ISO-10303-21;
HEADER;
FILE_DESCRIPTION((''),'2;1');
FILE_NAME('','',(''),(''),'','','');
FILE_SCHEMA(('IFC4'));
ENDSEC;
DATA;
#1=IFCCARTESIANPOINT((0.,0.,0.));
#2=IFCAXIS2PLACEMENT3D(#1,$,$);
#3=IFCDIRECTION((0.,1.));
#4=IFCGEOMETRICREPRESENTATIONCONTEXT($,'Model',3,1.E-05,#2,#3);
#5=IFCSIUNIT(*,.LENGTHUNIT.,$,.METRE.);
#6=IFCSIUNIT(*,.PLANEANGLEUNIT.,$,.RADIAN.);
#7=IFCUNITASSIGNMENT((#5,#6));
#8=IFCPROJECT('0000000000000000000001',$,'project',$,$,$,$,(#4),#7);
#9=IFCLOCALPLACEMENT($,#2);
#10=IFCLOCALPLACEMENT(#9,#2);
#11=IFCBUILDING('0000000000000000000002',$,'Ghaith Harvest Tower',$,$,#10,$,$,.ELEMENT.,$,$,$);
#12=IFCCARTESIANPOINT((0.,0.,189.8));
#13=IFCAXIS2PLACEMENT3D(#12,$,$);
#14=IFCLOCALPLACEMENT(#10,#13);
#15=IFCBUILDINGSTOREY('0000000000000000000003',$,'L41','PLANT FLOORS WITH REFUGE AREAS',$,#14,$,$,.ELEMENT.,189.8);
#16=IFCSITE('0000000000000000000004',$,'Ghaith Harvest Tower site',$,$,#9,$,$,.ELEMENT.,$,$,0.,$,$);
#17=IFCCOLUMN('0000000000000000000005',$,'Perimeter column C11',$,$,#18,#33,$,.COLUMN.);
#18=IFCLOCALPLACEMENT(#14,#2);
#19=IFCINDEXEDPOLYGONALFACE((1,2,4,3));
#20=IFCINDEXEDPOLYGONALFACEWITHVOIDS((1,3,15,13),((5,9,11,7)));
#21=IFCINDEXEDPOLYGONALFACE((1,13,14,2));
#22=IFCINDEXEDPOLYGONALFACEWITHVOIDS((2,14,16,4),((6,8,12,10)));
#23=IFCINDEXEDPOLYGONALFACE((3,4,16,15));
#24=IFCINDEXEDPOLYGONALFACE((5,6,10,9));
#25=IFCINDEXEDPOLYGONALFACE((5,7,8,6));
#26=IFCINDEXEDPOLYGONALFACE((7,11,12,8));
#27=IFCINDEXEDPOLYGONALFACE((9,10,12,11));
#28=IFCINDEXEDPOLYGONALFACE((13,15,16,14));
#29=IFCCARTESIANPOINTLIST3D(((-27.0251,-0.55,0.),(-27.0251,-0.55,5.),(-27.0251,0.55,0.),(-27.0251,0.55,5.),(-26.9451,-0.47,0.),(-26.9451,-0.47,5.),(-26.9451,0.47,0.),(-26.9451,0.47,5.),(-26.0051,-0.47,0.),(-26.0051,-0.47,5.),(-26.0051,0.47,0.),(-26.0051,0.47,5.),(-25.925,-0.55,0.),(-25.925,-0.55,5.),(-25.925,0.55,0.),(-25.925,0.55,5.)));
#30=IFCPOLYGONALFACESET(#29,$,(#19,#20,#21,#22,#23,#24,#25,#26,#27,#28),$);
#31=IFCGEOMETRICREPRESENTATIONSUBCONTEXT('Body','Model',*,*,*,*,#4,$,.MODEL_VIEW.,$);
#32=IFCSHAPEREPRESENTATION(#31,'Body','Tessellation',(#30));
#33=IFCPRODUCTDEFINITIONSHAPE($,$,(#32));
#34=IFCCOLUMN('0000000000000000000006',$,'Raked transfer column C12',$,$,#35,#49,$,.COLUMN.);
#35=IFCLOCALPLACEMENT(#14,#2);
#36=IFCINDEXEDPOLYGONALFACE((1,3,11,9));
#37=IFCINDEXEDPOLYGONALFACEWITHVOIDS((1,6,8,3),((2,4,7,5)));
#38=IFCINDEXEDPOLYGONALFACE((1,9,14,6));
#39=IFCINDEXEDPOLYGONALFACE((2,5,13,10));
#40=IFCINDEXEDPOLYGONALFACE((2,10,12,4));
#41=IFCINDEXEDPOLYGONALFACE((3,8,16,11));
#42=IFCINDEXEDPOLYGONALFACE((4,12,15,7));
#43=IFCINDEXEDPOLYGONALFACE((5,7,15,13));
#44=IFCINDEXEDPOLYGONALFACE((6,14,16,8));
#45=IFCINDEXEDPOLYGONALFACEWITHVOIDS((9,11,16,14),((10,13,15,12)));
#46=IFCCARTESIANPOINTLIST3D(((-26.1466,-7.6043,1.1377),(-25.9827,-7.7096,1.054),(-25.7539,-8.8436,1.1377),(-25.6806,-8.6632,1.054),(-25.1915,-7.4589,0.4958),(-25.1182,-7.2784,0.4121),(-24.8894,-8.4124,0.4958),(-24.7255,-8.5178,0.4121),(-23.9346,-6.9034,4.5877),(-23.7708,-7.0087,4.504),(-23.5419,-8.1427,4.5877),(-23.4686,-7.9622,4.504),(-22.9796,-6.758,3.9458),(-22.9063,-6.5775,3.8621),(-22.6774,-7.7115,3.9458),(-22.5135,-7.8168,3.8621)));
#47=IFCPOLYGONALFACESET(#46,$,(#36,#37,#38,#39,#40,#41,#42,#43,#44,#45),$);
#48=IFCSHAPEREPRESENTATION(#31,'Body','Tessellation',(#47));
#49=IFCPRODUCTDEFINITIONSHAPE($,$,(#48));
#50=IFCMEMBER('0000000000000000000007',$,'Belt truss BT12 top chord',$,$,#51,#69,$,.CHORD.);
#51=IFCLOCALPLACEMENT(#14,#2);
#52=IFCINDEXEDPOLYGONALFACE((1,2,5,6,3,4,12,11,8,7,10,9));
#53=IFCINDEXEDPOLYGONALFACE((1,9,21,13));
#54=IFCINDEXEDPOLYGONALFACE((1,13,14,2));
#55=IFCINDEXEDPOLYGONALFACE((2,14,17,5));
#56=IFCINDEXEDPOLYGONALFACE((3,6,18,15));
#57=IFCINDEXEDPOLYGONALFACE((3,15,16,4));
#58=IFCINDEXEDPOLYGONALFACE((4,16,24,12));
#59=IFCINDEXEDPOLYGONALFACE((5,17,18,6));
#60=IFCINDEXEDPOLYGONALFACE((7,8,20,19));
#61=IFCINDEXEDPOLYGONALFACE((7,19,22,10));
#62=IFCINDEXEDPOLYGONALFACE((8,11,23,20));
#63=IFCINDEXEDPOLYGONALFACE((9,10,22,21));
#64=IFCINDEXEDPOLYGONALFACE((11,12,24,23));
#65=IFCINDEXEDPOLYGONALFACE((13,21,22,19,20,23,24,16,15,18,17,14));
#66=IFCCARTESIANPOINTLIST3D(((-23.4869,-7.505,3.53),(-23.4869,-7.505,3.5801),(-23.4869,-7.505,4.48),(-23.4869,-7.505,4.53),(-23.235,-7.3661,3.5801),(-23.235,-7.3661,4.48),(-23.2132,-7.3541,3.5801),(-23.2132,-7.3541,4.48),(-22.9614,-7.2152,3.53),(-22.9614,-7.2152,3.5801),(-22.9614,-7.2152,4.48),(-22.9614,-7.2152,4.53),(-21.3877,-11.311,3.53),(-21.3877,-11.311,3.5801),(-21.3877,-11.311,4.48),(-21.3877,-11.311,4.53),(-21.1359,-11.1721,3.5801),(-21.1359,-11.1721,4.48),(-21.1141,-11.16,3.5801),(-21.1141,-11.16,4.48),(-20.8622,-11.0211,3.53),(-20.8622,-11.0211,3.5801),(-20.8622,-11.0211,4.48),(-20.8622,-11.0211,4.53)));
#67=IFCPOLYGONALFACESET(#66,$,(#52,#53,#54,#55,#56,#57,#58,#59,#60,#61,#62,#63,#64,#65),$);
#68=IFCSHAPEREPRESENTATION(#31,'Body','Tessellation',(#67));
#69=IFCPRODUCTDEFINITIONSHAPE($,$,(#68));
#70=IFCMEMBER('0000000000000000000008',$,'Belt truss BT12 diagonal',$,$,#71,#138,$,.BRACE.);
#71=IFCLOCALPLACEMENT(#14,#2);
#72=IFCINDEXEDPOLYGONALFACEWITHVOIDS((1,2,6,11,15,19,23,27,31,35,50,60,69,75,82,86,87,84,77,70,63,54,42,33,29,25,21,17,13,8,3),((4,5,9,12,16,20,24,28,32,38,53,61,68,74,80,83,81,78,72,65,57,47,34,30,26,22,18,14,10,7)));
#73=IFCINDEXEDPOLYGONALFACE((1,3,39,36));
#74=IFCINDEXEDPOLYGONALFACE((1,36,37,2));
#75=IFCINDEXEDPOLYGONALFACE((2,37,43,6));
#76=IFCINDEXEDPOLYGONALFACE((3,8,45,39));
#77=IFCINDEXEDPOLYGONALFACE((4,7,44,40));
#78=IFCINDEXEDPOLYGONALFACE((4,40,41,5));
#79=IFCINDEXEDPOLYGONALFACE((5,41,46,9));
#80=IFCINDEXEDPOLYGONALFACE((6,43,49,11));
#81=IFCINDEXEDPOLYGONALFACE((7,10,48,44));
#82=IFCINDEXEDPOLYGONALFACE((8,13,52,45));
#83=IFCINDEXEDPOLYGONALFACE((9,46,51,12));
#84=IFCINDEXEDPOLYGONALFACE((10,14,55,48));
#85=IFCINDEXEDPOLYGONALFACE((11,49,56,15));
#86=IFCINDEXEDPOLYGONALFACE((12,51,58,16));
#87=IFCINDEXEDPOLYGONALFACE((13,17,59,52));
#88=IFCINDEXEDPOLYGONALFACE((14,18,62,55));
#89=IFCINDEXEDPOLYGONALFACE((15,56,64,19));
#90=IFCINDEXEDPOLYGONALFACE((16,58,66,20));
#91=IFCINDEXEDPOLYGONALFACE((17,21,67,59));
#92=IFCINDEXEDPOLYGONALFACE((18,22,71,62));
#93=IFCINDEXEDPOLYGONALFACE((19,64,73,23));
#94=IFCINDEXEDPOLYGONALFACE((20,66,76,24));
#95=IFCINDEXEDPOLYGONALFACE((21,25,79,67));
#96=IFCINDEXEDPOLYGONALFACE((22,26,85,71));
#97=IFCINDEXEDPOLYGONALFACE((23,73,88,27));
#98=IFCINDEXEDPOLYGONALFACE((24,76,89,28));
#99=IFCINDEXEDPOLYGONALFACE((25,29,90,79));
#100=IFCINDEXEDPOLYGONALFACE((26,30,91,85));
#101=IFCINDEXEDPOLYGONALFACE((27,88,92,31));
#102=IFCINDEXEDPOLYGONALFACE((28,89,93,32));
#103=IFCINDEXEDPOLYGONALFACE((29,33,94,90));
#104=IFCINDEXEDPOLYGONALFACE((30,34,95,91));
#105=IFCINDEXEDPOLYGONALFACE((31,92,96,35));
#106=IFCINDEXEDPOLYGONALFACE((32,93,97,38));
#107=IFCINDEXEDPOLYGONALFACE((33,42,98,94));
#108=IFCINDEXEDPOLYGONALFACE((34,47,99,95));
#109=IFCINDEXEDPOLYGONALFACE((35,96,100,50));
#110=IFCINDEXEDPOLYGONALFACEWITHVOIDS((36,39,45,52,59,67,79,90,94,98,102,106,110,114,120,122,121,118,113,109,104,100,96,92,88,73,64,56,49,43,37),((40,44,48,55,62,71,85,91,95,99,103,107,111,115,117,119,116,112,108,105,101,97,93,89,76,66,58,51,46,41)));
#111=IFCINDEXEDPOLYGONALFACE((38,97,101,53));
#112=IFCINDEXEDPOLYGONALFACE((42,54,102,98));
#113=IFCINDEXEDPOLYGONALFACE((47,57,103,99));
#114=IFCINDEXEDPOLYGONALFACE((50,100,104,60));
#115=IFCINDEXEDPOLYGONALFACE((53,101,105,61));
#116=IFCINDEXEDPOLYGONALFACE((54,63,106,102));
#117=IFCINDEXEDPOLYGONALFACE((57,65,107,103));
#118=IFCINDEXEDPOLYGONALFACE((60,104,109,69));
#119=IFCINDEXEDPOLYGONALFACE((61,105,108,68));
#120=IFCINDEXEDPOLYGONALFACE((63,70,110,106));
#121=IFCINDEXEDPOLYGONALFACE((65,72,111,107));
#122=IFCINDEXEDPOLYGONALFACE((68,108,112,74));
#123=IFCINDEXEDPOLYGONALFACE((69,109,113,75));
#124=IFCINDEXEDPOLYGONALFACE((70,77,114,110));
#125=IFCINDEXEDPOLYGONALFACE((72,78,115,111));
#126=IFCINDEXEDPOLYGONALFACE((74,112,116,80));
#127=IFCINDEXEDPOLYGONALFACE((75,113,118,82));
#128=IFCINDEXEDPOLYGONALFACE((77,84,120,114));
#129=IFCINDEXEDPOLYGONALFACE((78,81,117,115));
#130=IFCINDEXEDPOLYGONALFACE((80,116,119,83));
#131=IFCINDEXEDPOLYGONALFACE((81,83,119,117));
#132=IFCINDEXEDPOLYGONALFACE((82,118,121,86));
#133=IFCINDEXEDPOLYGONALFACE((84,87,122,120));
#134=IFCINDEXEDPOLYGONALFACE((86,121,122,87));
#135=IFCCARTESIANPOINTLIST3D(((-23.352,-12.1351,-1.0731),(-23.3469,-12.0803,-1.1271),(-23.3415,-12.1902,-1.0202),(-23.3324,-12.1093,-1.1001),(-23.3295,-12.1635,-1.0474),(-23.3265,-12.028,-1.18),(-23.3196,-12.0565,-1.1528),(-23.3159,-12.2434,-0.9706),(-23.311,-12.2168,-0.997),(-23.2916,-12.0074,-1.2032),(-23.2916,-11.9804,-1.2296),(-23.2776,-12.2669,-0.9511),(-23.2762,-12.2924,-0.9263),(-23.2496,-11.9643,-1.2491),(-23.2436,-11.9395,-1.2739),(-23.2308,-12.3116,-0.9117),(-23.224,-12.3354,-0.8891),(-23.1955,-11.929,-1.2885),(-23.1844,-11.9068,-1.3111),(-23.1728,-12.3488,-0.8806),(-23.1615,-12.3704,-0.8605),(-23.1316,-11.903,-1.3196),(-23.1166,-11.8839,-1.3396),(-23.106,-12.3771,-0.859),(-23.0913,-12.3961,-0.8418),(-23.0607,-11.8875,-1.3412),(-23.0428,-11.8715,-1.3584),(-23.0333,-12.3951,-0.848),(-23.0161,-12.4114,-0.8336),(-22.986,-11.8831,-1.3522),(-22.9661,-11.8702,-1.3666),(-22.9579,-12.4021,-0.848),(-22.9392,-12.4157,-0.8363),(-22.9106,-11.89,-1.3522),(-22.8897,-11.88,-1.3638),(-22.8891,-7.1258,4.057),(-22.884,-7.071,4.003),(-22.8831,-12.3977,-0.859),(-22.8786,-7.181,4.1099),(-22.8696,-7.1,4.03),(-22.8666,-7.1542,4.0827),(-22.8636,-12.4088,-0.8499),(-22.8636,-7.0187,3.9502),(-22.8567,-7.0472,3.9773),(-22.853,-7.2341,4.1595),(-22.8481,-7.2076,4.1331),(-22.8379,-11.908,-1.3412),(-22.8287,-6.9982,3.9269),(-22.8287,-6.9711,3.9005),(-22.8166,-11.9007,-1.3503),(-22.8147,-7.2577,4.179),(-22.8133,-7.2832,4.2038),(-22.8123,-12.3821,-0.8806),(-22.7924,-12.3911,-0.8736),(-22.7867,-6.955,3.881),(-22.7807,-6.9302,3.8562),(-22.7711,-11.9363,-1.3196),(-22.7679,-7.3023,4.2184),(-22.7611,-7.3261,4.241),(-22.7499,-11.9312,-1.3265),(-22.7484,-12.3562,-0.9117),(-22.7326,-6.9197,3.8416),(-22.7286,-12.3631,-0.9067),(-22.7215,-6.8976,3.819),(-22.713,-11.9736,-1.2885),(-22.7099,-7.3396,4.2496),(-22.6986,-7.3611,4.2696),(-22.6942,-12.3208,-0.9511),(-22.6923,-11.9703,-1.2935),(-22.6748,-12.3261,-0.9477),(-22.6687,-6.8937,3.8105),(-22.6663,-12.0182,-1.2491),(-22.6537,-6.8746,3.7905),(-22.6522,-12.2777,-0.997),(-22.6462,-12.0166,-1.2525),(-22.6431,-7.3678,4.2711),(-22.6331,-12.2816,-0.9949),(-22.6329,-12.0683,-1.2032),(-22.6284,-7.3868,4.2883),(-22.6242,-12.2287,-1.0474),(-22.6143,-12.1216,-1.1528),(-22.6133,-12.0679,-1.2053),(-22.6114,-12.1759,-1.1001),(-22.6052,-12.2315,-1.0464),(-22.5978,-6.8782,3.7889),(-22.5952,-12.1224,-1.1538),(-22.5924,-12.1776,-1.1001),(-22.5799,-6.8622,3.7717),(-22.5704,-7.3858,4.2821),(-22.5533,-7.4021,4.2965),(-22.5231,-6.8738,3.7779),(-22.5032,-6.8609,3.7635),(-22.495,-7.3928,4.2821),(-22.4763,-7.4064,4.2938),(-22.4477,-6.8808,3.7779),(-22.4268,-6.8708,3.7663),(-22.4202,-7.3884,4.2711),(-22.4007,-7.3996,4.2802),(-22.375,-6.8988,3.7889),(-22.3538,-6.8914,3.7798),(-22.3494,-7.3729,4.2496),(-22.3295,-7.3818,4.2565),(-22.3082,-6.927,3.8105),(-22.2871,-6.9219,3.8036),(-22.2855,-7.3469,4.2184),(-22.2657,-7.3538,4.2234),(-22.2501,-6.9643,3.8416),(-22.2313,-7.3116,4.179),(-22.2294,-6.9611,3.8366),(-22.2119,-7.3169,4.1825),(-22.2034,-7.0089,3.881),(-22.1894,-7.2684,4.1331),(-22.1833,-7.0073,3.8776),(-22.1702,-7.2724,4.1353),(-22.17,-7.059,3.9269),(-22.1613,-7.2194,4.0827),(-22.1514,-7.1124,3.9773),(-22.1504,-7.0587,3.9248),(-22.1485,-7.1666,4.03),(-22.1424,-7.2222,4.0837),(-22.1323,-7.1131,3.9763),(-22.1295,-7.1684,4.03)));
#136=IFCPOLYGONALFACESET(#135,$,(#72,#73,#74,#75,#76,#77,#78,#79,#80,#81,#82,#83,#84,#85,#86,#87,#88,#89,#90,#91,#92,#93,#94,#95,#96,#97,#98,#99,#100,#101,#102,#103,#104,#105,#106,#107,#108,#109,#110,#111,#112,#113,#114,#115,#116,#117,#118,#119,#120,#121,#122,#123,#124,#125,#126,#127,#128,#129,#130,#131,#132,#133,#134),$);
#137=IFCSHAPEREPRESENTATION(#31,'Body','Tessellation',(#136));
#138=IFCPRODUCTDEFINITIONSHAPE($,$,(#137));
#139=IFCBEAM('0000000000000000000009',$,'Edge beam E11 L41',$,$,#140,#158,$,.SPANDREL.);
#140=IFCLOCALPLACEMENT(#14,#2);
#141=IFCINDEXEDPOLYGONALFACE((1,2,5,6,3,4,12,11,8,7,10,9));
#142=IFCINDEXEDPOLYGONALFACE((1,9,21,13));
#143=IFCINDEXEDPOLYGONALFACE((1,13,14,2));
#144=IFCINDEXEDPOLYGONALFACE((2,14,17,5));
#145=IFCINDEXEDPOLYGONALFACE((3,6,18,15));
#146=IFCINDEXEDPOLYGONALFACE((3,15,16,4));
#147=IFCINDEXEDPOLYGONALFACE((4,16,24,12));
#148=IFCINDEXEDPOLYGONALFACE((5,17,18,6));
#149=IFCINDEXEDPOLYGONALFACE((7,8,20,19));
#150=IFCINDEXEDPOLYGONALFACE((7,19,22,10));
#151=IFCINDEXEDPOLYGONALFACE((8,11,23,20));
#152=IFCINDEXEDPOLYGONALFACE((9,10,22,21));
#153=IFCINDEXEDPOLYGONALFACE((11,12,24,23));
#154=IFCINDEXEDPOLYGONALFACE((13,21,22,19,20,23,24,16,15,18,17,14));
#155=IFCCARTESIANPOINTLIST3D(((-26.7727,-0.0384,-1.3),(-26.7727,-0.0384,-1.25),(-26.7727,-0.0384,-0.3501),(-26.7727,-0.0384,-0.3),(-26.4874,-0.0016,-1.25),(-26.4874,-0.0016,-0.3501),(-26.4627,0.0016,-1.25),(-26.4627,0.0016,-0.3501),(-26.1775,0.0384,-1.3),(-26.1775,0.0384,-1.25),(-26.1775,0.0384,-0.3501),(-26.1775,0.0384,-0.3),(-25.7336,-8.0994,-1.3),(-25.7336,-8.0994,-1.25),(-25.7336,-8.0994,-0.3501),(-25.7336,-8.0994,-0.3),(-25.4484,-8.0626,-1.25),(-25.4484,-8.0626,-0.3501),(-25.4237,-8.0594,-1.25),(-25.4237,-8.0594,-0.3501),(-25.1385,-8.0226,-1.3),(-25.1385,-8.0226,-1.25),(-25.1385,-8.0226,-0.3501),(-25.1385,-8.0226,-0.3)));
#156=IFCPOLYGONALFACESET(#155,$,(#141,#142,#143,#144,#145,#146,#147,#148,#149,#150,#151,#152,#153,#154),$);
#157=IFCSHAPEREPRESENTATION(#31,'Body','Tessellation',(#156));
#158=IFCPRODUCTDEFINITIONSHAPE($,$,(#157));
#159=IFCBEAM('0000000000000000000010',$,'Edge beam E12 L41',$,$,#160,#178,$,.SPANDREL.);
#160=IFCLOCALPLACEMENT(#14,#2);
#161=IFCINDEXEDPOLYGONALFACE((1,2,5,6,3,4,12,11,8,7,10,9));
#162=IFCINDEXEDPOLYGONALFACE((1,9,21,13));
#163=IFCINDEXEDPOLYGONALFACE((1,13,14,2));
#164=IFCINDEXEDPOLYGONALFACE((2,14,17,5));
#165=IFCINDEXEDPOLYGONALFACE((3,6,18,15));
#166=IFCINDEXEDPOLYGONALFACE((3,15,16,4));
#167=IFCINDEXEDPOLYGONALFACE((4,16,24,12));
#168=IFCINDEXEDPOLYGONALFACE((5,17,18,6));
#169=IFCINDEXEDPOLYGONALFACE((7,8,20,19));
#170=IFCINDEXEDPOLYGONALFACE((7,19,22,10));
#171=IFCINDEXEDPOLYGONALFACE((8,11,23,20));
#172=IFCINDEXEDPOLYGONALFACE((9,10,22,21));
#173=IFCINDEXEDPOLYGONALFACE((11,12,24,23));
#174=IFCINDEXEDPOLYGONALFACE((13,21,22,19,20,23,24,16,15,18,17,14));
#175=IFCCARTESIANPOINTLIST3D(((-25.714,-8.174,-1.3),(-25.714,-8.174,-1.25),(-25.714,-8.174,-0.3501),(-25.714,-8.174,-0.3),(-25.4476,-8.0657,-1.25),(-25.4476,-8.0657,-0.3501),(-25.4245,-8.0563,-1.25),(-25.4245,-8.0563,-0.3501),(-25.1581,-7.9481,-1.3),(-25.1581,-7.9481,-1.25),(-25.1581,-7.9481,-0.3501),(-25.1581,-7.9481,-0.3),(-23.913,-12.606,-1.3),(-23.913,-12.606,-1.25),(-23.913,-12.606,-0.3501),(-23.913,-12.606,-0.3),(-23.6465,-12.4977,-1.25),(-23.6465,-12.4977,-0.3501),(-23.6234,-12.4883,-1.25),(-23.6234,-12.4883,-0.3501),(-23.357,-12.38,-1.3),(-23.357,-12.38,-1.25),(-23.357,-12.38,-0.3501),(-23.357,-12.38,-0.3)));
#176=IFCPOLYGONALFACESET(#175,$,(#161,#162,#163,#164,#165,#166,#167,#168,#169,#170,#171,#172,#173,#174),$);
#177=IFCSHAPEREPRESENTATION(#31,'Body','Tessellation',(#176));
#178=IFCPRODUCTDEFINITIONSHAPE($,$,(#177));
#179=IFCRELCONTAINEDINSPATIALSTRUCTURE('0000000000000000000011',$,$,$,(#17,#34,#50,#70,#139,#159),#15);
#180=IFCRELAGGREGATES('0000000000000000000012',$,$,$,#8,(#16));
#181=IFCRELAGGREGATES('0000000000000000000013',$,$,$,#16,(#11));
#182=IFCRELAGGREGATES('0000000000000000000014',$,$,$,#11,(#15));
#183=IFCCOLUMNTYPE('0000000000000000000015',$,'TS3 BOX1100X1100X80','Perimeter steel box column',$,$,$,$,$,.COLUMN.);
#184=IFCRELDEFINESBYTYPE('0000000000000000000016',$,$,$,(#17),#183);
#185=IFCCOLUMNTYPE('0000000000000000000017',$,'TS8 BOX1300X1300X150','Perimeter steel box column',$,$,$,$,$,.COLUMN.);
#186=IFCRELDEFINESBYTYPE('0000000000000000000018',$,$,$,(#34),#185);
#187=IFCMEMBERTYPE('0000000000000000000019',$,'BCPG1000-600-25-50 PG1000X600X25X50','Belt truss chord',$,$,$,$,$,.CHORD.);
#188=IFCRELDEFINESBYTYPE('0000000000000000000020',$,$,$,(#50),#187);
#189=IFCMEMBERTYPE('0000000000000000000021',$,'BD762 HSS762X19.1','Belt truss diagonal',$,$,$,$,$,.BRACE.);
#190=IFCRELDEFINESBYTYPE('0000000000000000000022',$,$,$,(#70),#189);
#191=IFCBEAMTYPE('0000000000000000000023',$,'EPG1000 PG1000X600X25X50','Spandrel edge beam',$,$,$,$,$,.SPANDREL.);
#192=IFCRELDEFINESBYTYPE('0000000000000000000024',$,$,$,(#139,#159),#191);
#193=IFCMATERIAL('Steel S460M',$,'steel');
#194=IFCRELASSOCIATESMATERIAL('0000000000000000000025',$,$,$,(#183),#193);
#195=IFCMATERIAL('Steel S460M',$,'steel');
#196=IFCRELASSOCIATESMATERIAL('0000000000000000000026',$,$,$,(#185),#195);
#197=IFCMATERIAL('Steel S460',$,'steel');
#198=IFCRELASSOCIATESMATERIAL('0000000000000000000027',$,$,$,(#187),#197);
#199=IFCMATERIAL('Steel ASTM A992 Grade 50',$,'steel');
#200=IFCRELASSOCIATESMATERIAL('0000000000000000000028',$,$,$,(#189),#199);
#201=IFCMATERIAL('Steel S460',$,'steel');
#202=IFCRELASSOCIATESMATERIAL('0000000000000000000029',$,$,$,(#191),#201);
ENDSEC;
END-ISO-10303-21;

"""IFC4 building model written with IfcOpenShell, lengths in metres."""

from ifc_helpers import new_model, si_unit, direction, frame, origin, origin_2d, place, context, subcontext, project, spatial, hollow_rectangle, hollow_circle, i_section, extrude, material, material_profile, profile_set, type_object, element, save


model = new_model("IFC4")

# Units and contexts
model_context = context("Model", 3, precision=1e-05, world=origin(), true_north=direction((0.0, 1.0)))
body_context = subcontext(model_context, "Body", "Model", "MODEL_VIEW")
ifc_project = project(units=[si_unit("LENGTHUNIT", "METRE"), si_unit("PLANEANGLEUNIT", "RADIAN")], contexts=[model_context])

# Site, building, storey
site_placement = place(None, origin())
site = spatial("IfcSite", under=ifc_project, at=site_placement, Name="Ghaith Harvest Tower site", CompositionType="ELEMENT", RefElevation=0.0)
building_placement = place(site_placement, origin())
building = spatial("IfcBuilding", under=site, at=building_placement, Name="Ghaith Harvest Tower", CompositionType="ELEMENT")
storey_placement = place(building_placement, frame((0.0, 0.0, 189.8)))
storey = spatial("IfcBuildingStorey", under=building, at=storey_placement, Name="L41", Description="PLANT FLOORS WITH REFUGE AREAS", CompositionType="ELEMENT", Elevation=189.8)

# Columns
ifc_material_1 = material(Name="Steel S460M", Category="steel")
ifc_material_profile_1 = material_profile(ifc_material_1, hollow_rectangle(XDim=1.1001, YDim=1.1001, WallThickness=0.0801, at=origin_2d()), Name="BOX1100X1100X80")
ifc_profile_set_1 = profile_set([ifc_material_profile_1], Name="Steel S460M")
column_type_1 = type_object("IfcColumnType", Name="TS3 BOX1100X1100X80", Description="Perimeter steel box column", PredefinedType="COLUMN", material=ifc_profile_set_1)
column_1_placement = place(storey_placement, frame((-26.4751, 0.0, 0.0), z_axis=(0.0, 0.0, 1.0), x_axis=(1.0, 0.0, 0.0)))
element("IfcColumn", 1, at=column_1_placement, inside=storey, type_object=column_type_1, Name="Perimeter column C11", PredefinedType="COLUMN", context=body_context, shape_type="SweptSolid", body=[
    extrude(hollow_rectangle(XDim=1.1001, YDim=1.1001, WallThickness=0.0801, at=origin_2d()), origin(), (0.0, 0.0, 1.0), 5.0),
])
ifc_material_2 = material(Name="Steel S460M", Category="steel")
ifc_material_profile_2 = material_profile(ifc_material_2, hollow_rectangle(XDim=1.3, YDim=1.3, WallThickness=0.1499, at=origin_2d()), Name="BOX1300X1300X150")
ifc_profile_set_2 = profile_set([ifc_material_profile_2], Name="Steel S460M")
column_type_2 = type_object("IfcColumnType", Name="TS8 BOX1300X1300X150", Description="Perimeter steel box column", PredefinedType="COLUMN", material=ifc_profile_set_2)
column_2_placement = place(storey_placement, frame((-25.436, -8.061, 0.7749), z_axis=(0.532011, 0.168588, 0.829785), x_axis=(-0.302083, 0.953282, 0.0)))
element("IfcColumn", 2, at=column_2_placement, inside=storey, type_object=column_type_2, Name="Raked transfer column C12", PredefinedType="COLUMN", context=body_context, shape_type="SweptSolid", body=[
    extrude(hollow_rectangle(XDim=1.3, YDim=1.3, WallThickness=0.1499, at=origin_2d()), origin(), (0.0, 0.0, 1.0), 4.1577),
])

# Members
ifc_material_3 = material(Name="Steel S460", Category="steel")
ifc_material_profile_3 = material_profile(ifc_material_3, i_section(OverallWidth=0.6001, OverallDepth=1.0, WebThickness=0.0249, FlangeThickness=0.05, at=origin_2d()), Name="PG1000X600X25X50")
ifc_profile_set_3 = profile_set([ifc_material_profile_3], Name="Steel S460")
member_type_1 = type_object("IfcMemberType", Name="BCPG1000-600-25-50 PG1000X600X25X50", Description="Belt truss chord", PredefinedType="CHORD", material=ifc_profile_set_3)
member_1_placement = place(storey_placement, frame((-23.2241, -7.3601, 4.03), z_axis=(0.482956, -0.875645, 0.0), x_axis=(0.875645, 0.482956, 0.0)))
element("IfcMember", 3, at=member_1_placement, inside=storey, type_object=member_type_1, Name="Belt truss BT12 top chord", PredefinedType="CHORD", context=body_context, shape_type="SweptSolid", body=[
    extrude(i_section(OverallWidth=0.6001, OverallDepth=1.0, WebThickness=0.0249, FlangeThickness=0.05, at=origin_2d()), origin(), (0.0, 0.0, 1.0), 4.3464),
])
ifc_material_4 = material(Name="Steel ASTM A992 Grade 50", Category="steel")
ifc_material_profile_4 = material_profile(ifc_material_4, hollow_circle(Radius=0.3811, WallThickness=0.019, at=origin_2d()), Name="HSS762X19.1")
ifc_profile_set_4 = profile_set([ifc_material_profile_4], Name="Steel ASTM A992 Grade 50")
member_type_2 = type_object("IfcMemberType", Name="BD762 HSS762X19.1", Description="Belt truss diagonal", PredefinedType="BRACE", material=ifc_profile_set_4)
member_2_placement = place(storey_placement, frame((-22.509, -7.1333, 4.03), z_axis=(-0.064424, -0.697178, -0.713998), x_axis=(0.995758, -0.092015, 0.0)))
element("IfcMember", 4, at=member_2_placement, inside=storey, type_object=member_type_2, Name="Belt truss BT12 diagonal", PredefinedType="BRACE", context=body_context, shape_type="SweptSolid", body=[
    extrude(hollow_circle(Radius=0.3811, WallThickness=0.019, at=origin_2d()), origin(), (0.0, 0.0, 1.0), 7.1851),
])

# Beams
ifc_material_5 = material(Name="Steel S460", Category="steel")
ifc_material_profile_5 = material_profile(ifc_material_5, i_section(OverallWidth=0.6001, OverallDepth=1.0, WebThickness=0.0249, FlangeThickness=0.05, at=origin_2d()), Name="PG1000X600X25X50")
ifc_profile_set_5 = profile_set([ifc_material_profile_5], Name="Steel S460")
beam_type_1 = type_object("IfcBeamType", Name="EPG1000 PG1000X600X25X50", Description="Spandrel edge beam", PredefinedType="SPANDREL", material=ifc_profile_set_5)
beam_1_placement = place(storey_placement, frame((-26.4751, 0.0, -0.8), z_axis=(0.127842, -0.991795, 0.0), x_axis=(0.991795, 0.127842, 0.0)))
element("IfcBeam", 5, at=beam_1_placement, inside=storey, type_object=beam_type_1, Name="Edge beam E11 L41", PredefinedType="SPANDREL", context=body_context, shape_type="SweptSolid", body=[
    extrude(i_section(OverallWidth=0.6001, OverallDepth=1.0, WebThickness=0.0249, FlangeThickness=0.05, at=origin_2d()), origin(), (0.0, 0.0, 1.0), 8.1277),
])
beam_2_placement = place(storey_placement, frame((-25.436, -8.061, -0.8), z_axis=(0.37648, -0.926425, 0.0), x_axis=(0.926425, 0.37648, 0.0)))
element("IfcBeam", 6, at=beam_2_placement, inside=storey, type_object=beam_type_1, Name="Edge beam E12 L41", PredefinedType="SPANDREL", context=body_context, shape_type="SweptSolid", body=[
    extrude(i_section(OverallWidth=0.6001, OverallDepth=1.0, WebThickness=0.0249, FlangeThickness=0.05, at=origin_2d()), origin(), (0.0, 0.0, 1.0), 4.7839),
])

save(model, "model.ifc")
